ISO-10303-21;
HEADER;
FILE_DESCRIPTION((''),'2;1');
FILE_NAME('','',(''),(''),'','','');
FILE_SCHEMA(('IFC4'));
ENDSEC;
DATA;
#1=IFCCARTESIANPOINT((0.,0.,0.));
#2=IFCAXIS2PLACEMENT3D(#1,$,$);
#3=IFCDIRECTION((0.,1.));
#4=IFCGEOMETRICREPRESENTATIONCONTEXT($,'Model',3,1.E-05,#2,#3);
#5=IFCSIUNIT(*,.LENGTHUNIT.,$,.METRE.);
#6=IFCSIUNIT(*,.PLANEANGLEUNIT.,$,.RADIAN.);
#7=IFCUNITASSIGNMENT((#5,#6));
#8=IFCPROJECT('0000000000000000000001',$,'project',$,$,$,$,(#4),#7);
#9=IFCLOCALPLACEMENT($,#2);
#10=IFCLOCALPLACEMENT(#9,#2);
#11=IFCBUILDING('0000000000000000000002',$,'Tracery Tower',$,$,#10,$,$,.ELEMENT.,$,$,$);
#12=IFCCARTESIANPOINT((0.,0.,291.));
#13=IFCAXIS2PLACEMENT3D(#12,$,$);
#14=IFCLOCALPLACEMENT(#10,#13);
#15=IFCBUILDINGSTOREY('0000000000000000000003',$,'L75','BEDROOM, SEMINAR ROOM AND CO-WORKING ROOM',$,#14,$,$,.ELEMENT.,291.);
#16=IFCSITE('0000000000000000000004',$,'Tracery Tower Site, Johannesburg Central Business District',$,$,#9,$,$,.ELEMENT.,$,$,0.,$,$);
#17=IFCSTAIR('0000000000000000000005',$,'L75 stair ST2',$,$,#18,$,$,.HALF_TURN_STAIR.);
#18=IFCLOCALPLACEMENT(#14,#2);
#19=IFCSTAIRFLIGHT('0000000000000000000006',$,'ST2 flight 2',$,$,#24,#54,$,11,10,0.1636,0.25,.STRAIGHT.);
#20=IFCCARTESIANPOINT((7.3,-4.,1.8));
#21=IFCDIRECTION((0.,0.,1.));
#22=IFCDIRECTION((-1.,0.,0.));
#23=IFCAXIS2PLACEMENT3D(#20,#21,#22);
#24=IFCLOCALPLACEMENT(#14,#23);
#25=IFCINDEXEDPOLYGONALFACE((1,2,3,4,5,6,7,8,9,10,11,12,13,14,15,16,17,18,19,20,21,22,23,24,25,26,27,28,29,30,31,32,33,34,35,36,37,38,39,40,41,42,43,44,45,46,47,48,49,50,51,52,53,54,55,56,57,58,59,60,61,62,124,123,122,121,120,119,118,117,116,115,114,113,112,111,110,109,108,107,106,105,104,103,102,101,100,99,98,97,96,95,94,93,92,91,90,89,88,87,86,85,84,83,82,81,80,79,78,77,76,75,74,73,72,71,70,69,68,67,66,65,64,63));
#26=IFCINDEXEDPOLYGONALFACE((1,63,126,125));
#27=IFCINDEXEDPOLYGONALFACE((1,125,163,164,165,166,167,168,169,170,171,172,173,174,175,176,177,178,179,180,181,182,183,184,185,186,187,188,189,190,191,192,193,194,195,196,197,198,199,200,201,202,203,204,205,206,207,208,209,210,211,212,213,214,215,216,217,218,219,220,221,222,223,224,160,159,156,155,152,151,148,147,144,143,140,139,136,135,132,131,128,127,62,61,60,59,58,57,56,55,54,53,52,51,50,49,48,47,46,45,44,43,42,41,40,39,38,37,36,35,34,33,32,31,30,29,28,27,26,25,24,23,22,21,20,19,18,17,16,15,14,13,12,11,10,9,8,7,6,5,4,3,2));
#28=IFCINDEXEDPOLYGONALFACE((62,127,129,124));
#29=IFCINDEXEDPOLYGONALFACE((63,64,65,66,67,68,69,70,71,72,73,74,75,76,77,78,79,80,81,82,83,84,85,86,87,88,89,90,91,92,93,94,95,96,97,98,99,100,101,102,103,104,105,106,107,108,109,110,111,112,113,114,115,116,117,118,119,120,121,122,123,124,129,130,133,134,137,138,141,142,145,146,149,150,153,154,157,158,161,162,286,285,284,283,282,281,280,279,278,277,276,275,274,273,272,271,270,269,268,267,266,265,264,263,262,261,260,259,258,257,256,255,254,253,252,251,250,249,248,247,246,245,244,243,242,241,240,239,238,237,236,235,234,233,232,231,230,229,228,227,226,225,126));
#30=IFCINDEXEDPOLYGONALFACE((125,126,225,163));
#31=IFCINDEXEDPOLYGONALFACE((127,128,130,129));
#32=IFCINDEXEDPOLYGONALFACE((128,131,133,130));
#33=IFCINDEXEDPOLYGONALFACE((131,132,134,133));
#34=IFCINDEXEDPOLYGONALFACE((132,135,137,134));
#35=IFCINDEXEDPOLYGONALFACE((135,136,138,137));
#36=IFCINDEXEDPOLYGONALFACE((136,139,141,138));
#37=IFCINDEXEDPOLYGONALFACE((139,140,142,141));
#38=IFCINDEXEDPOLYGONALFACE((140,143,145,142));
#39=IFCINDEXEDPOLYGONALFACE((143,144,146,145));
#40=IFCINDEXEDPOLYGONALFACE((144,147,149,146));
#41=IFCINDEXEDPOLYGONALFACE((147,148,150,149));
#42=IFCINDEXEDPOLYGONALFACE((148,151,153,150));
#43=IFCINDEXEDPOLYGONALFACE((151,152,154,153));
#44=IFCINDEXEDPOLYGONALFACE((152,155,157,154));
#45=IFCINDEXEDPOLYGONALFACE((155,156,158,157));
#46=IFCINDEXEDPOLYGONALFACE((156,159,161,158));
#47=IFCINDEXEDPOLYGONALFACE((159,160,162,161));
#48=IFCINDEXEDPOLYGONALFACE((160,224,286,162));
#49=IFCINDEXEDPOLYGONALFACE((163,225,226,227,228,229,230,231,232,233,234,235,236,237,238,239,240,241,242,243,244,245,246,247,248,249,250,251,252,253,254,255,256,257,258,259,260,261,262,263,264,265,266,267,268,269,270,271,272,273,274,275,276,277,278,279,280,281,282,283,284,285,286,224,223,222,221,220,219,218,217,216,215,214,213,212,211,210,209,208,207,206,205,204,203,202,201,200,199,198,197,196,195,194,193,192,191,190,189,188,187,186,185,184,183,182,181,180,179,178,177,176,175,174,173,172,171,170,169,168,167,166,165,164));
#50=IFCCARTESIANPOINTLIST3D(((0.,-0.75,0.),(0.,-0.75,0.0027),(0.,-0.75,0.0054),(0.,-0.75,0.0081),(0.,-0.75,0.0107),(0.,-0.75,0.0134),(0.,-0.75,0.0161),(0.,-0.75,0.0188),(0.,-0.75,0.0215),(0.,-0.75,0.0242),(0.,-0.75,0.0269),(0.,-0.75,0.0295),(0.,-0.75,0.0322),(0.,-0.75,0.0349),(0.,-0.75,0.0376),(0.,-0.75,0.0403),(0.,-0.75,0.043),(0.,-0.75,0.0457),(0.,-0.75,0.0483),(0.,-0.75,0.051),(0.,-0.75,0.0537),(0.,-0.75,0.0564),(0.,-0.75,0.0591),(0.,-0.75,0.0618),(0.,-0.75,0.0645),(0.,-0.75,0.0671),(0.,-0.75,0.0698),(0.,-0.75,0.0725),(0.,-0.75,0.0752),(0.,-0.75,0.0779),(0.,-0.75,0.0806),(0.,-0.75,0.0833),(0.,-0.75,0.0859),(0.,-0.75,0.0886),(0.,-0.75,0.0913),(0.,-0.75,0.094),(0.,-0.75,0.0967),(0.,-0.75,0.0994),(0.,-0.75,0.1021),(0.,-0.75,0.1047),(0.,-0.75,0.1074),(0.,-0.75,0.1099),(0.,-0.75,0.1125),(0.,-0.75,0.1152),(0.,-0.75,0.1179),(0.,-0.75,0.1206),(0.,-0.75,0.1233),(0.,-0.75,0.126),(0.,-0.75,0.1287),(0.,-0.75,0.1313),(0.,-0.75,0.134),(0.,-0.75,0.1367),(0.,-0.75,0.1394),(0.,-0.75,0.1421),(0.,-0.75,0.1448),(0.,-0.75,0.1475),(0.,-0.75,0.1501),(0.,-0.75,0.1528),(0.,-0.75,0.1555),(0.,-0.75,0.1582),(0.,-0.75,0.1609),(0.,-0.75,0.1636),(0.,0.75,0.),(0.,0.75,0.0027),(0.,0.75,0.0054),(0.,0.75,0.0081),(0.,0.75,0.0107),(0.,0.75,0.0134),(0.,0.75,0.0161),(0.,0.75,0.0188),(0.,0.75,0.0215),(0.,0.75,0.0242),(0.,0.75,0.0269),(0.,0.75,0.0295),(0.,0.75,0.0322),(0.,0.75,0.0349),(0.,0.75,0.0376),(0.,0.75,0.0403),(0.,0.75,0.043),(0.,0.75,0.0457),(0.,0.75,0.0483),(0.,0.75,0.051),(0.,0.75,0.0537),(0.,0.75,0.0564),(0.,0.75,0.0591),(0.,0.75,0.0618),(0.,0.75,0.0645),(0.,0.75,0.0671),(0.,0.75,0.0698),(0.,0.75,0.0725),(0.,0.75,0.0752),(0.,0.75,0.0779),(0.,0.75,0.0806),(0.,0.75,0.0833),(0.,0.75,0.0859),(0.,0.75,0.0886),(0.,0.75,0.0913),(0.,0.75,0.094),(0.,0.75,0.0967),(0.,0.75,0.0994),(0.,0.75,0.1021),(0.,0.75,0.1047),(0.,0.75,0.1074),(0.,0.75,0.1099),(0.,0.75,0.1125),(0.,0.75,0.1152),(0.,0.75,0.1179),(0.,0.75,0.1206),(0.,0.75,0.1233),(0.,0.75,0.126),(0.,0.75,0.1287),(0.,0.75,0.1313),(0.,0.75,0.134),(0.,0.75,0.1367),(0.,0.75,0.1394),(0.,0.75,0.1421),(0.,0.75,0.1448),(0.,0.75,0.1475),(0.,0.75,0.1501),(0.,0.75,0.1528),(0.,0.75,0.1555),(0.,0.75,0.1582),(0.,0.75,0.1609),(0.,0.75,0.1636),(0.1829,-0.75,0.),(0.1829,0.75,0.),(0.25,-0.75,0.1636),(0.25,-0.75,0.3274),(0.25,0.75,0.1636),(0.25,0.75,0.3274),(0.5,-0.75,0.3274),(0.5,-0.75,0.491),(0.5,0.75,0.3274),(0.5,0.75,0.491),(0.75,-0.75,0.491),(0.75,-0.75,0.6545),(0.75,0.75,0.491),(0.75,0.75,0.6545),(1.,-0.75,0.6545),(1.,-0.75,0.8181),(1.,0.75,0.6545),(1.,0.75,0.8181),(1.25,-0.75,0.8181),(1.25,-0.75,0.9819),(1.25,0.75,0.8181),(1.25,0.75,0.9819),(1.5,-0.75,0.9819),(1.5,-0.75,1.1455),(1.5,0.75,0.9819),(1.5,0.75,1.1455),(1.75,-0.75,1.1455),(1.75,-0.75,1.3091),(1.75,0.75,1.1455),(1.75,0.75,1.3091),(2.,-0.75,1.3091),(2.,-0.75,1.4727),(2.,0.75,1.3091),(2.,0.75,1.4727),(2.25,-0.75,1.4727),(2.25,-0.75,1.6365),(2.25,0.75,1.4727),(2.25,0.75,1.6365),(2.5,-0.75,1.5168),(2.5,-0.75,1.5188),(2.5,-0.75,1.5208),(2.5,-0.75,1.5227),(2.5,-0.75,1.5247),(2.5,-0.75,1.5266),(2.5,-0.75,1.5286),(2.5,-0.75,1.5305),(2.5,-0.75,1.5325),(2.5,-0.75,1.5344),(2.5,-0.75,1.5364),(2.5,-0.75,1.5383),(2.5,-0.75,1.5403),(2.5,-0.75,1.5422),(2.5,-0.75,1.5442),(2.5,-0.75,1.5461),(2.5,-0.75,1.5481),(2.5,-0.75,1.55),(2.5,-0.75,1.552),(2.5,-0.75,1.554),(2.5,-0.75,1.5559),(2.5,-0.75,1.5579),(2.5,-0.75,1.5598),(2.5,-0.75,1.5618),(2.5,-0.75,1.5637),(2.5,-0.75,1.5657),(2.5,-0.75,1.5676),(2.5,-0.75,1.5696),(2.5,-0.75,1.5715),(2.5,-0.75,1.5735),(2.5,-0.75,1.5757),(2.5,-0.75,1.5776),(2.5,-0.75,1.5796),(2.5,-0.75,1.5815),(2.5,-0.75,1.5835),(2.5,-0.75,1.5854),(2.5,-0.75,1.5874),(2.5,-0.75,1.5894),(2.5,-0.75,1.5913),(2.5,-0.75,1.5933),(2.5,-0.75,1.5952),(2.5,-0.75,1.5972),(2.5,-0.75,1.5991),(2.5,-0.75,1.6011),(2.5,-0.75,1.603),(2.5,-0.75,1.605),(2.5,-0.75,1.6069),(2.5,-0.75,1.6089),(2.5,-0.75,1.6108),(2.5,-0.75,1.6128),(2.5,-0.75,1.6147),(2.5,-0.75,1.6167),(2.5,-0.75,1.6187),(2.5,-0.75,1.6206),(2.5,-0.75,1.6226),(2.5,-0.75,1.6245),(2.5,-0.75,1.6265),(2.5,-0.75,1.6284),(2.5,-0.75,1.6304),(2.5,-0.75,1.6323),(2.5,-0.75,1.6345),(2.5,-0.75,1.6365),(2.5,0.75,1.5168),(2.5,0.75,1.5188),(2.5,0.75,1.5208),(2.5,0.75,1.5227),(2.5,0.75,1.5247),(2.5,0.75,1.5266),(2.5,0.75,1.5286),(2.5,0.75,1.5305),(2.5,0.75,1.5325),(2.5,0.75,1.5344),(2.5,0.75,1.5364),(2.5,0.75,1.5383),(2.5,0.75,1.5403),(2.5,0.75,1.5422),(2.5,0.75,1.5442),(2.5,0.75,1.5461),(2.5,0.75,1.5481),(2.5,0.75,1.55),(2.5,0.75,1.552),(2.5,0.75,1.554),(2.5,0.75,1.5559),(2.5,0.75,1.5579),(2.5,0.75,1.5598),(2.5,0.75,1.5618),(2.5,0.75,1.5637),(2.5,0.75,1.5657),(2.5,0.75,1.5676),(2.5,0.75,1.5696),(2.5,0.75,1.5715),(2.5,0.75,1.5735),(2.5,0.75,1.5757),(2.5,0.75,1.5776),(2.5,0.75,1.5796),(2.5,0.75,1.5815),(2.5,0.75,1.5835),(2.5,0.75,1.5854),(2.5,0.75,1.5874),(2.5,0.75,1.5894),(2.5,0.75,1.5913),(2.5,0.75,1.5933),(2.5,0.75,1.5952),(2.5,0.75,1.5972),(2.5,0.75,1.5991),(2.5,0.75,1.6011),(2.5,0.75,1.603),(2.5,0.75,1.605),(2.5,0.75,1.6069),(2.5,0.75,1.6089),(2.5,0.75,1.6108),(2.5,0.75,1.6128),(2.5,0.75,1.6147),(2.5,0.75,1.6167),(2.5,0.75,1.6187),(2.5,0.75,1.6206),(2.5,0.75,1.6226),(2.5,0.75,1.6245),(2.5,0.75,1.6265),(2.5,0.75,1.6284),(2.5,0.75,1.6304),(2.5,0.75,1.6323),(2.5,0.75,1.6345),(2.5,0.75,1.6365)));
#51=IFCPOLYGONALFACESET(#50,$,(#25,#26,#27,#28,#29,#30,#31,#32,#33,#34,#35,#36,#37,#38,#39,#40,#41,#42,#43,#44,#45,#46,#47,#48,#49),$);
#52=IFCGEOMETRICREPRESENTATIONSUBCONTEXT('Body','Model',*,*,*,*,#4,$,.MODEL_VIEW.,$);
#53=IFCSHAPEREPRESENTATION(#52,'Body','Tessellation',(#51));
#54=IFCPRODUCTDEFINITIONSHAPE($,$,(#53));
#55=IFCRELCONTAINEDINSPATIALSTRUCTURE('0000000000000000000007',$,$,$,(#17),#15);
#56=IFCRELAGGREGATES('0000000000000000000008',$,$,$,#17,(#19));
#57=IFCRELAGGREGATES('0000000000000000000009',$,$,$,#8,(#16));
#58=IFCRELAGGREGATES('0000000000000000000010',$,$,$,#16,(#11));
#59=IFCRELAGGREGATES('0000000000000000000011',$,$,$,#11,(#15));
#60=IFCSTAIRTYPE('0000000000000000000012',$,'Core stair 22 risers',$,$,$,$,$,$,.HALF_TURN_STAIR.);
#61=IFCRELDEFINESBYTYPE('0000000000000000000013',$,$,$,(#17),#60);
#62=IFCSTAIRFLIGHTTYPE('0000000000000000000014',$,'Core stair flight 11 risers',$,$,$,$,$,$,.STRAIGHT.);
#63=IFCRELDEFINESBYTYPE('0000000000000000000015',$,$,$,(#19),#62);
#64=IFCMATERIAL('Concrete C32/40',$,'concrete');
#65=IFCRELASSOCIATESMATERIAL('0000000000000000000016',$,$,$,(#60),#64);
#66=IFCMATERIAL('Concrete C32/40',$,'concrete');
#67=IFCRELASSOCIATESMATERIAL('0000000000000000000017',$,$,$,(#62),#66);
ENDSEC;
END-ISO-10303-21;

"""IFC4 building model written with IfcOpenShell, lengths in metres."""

from ifc_helpers import new_model, si_unit, direction, frame, origin, place, context, subcontext, project, spatial, polyline, outline, extrude, material, type_object, element, aggregate, save


model = new_model("IFC4")

# Units and contexts
model_context = context("Model", 3, precision=1e-05, world=origin(), true_north=direction((0.0, 1.0)))
body_context = subcontext(model_context, "Body", "Model", "MODEL_VIEW")
ifc_project = project(units=[si_unit("LENGTHUNIT", "METRE"), si_unit("PLANEANGLEUNIT", "RADIAN")], contexts=[model_context])

# Site, building, storey
site_placement = place(None, origin())
site = spatial("IfcSite", under=ifc_project, at=site_placement, Name="Tracery Tower Site, Johannesburg Central Business District", CompositionType="ELEMENT", RefElevation=0.0)
building_placement = place(site_placement, origin())
building = spatial("IfcBuilding", under=site, at=building_placement, Name="Tracery Tower", CompositionType="ELEMENT")
storey_placement = place(building_placement, frame((0.0, 0.0, 291.0)))
storey = spatial("IfcBuildingStorey", under=building, at=storey_placement, Name="L75", Description="BEDROOM, SEMINAR ROOM AND CO-WORKING ROOM", CompositionType="ELEMENT", Elevation=291.0)

# Stair, stair flight
ifc_material_1 = material(Name="Concrete C32/40", Category="concrete")
stair_type = type_object("IfcStairType", Name="Core stair 22 risers", PredefinedType="HALF_TURN_STAIR", material=ifc_material_1)
stair_placement = place(storey_placement, origin())
stair = element("IfcStair", 1, at=stair_placement, inside=storey, type_object=stair_type, Name="L75 stair ST2", PredefinedType="HALF_TURN_STAIR")
ifc_material_2 = material(Name="Concrete C32/40", Category="concrete")
stair_flight_type = type_object("IfcStairFlightType", Name="Core stair flight 11 risers", PredefinedType="STRAIGHT", material=ifc_material_2)
stair_flight_placement = place(storey_placement, frame((7.3, -4.0, 1.8), z_axis=(0.0, 0.0, 1.0), x_axis=(-1.0, 0.0, 0.0)))
stair_flight = element("IfcStairFlight", 2, at=stair_flight_placement, type_object=stair_flight_type, Name="ST2 flight 2", NumberOfRisers=11, NumberOfTreads=10, PredefinedType="STRAIGHT", RiserHeight=0.1636, TreadLength=0.25, context=body_context, shape_type="SweptSolid", body=[
    extrude(outline(polyline([(0.0, 0.0), (0.0, 0.0027), (0.0, 0.0054), (0.0, 0.0081), (0.0, 0.0107), (0.0, 0.0134), (0.0, 0.0161), (0.0, 0.0188), (0.0, 0.0215), (0.0, 0.0242), (0.0, 0.0269), (0.0, 0.0295), (0.0, 0.0322), (0.0, 0.0349), (0.0, 0.0376), (0.0, 0.0403), (0.0, 0.043), (0.0, 0.0457), (0.0, 0.0483), (0.0, 0.051), (0.0, 0.0537), (0.0, 0.0564), (0.0, 0.0591), (0.0, 0.0618), (0.0, 0.0645), (0.0, 0.0671), (0.0, 0.0698), (0.0, 0.0725), (0.0, 0.0752), (0.0, 0.0779), (0.0, 0.0806), (0.0, 0.0833), (0.0, 0.0859), (0.0, 0.0886), (0.0, 0.0913), (0.0, 0.094), (0.0, 0.0967), (0.0, 0.0994), (0.0, 0.1021), (0.0, 0.1047), (0.0, 0.1074), (0.0, 0.1099), (0.0, 0.1125), (0.0, 0.1152), (0.0, 0.1179), (0.0, 0.1206), (0.0, 0.1233), (0.0, 0.126), (0.0, 0.1287), (0.0, 0.1313), (0.0, 0.134), (0.0, 0.1367), (0.0, 0.1394), (0.0, 0.1421), (0.0, 0.1448), (0.0, 0.1475), (0.0, 0.1501), (0.0, 0.1528), (0.0, 0.1555), (0.0, 0.1582), (0.0, 0.1609), (0.0, 0.1636), (0.25, 0.1636), (0.25, 0.3274), (0.5, 0.3274), (0.5, 0.491), (0.75, 0.491), (0.75, 0.6545), (1.0, 0.6545), (1.0, 0.8181), (1.25, 0.8181), (1.25, 0.9819), (1.5, 0.9819), (1.5, 1.1455), (1.75, 1.1455), (1.75, 1.3091), (2.0, 1.3091), (2.0, 1.4727), (2.25, 1.4727), (2.25, 1.6365), (2.5, 1.6365), (2.5, 1.6345), (2.5, 1.6323), (2.5, 1.6304), (2.5, 1.6284), (2.5, 1.6265), (2.5, 1.6245), (2.5, 1.6226), (2.5, 1.6206), (2.5, 1.6187), (2.5, 1.6167), (2.5, 1.6147), (2.5, 1.6128), (2.5, 1.6108), (2.5, 1.6089), (2.5, 1.6069), (2.5, 1.605), (2.5, 1.603), (2.5, 1.6011), (2.5, 1.5991), (2.5, 1.5972), (2.5, 1.5952), (2.5, 1.5933), (2.5, 1.5913), (2.5, 1.5894), (2.5, 1.5874), (2.5, 1.5854), (2.5, 1.5835), (2.5, 1.5815), (2.5, 1.5796), (2.5, 1.5776), (2.5, 1.5757), (2.5, 1.5735), (2.5, 1.5715), (2.5, 1.5696), (2.5, 1.5676), (2.5, 1.5657), (2.5, 1.5637), (2.5, 1.5618), (2.5, 1.5598), (2.5, 1.5579), (2.5, 1.5559), (2.5, 1.554), (2.5, 1.552), (2.5, 1.55), (2.5, 1.5481), (2.5, 1.5461), (2.5, 1.5442), (2.5, 1.5422), (2.5, 1.5403), (2.5, 1.5383), (2.5, 1.5364), (2.5, 1.5344), (2.5, 1.5325), (2.5, 1.5305), (2.5, 1.5286), (2.5, 1.5266), (2.5, 1.5247), (2.5, 1.5227), (2.5, 1.5208), (2.5, 1.5188), (2.5, 1.5168), (0.1829, 0.0), (0.0, 0.0)])), frame((0.0, 0.75, 0.0), z_axis=(0.0, -1.0, 0.0), x_axis=(1.0, 0.0, 0.0)), (0.0, 0.0, 1.0), 1.5),
])
aggregate(stair, [stair_flight])

save(model, "model.ifc")
